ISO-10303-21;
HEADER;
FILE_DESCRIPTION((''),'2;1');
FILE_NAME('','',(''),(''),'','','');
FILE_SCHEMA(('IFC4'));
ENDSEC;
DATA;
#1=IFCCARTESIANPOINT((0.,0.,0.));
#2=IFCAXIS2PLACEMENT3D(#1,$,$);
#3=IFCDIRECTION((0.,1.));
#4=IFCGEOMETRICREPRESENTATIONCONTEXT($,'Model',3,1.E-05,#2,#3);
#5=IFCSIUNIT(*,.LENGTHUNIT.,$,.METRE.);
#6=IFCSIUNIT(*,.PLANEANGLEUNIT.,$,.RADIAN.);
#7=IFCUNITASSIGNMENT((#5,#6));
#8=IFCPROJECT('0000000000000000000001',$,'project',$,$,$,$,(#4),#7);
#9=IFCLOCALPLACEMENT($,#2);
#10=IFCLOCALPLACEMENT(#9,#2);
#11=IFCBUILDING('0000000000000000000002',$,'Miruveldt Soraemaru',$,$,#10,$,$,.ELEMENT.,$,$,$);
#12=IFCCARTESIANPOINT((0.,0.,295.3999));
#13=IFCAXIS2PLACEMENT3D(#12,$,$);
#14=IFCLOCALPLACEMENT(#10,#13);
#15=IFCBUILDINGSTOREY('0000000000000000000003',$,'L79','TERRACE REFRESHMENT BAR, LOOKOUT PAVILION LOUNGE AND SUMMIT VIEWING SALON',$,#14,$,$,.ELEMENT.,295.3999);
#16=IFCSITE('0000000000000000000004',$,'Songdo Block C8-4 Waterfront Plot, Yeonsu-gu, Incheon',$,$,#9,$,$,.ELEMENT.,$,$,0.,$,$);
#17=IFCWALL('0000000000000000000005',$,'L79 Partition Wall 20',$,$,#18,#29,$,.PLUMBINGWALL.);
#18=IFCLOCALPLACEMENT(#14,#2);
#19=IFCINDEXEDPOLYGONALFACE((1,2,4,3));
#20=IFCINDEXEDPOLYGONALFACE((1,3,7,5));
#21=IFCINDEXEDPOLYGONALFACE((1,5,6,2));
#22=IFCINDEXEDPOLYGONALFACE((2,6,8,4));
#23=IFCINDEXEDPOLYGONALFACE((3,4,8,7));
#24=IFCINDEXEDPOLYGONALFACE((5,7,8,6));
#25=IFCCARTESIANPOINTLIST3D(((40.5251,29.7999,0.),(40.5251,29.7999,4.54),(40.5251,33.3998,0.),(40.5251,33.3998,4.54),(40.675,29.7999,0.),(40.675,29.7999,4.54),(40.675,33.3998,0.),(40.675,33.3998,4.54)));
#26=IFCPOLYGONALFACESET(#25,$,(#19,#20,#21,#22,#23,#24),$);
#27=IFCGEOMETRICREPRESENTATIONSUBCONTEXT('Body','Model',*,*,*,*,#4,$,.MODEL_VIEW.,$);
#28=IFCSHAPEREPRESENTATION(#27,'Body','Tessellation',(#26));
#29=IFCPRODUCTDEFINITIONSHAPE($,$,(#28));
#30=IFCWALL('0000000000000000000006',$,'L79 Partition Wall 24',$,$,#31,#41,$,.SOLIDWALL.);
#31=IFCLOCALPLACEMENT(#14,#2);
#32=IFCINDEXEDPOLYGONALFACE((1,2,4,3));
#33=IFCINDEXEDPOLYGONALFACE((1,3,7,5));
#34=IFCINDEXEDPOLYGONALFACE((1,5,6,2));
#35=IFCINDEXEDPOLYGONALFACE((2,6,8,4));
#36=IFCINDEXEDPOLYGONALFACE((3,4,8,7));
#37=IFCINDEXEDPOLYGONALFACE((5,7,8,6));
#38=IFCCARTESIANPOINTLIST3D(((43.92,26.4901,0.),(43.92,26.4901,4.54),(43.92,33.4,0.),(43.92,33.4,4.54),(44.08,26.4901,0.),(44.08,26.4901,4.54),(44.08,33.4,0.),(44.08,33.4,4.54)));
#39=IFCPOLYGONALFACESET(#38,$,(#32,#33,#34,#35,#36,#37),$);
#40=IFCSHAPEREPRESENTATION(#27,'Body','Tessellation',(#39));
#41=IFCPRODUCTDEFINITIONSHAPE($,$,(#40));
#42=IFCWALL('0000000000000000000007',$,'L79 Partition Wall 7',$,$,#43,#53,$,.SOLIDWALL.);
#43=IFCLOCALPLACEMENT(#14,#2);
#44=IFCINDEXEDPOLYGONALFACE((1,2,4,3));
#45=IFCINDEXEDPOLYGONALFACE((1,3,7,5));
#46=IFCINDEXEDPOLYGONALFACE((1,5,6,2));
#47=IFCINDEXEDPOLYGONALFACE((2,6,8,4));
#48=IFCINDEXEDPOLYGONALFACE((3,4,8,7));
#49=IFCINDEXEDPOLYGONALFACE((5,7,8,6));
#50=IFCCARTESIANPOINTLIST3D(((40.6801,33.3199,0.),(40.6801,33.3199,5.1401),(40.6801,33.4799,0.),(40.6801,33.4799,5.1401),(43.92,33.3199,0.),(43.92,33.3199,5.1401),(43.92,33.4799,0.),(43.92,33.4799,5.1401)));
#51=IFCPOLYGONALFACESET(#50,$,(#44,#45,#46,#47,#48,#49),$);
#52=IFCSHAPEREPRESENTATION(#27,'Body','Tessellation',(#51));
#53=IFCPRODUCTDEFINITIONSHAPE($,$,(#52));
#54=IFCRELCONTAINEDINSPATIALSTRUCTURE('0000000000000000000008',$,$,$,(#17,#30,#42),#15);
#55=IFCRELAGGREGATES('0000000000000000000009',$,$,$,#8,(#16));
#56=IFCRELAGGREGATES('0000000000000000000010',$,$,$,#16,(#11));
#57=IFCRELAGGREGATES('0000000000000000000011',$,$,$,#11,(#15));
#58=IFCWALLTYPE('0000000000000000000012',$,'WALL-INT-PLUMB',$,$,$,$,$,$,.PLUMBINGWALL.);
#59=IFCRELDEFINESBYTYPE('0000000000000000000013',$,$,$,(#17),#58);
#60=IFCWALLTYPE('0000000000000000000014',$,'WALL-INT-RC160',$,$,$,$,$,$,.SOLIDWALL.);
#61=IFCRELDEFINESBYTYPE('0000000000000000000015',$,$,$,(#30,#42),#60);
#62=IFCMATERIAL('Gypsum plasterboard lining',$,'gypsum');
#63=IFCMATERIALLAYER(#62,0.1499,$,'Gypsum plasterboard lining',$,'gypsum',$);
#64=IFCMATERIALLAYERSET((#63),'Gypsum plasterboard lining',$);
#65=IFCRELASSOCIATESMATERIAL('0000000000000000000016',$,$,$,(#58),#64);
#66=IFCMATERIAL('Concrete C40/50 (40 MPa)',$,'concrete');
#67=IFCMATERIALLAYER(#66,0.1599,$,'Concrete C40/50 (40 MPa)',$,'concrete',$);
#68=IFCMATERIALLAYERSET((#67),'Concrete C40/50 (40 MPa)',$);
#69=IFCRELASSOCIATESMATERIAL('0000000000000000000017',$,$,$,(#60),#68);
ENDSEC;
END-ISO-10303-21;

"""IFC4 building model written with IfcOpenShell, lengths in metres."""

from ifc_helpers import new_model, si_unit, direction, frame, frame_2d, origin, place, context, subcontext, project, spatial, rectangle, extrude, material, layer, layer_set, type_object, element, save


model = new_model("IFC4")

# Units and contexts
model_context = context("Model", 3, precision=1e-05, world=origin(), true_north=direction((0.0, 1.0)))
body_context = subcontext(model_context, "Body", "Model", "MODEL_VIEW")
ifc_project = project(units=[si_unit("LENGTHUNIT", "METRE"), si_unit("PLANEANGLEUNIT", "RADIAN")], contexts=[model_context])

# Site, building, storey
site_placement = place(None, origin())
site = spatial("IfcSite", under=ifc_project, at=site_placement, Name="Songdo Block C8-4 Waterfront Plot, Yeonsu-gu, Incheon", CompositionType="ELEMENT", RefElevation=0.0)
building_placement = place(site_placement, origin())
building = spatial("IfcBuilding", under=site, at=building_placement, Name="Miruveldt Soraemaru", CompositionType="ELEMENT")
storey_placement = place(building_placement, frame((0.0, 0.0, 295.3999)))
storey = spatial("IfcBuildingStorey", under=building, at=storey_placement, Name="L79", Description="TERRACE REFRESHMENT BAR, LOOKOUT PAVILION LOUNGE AND SUMMIT VIEWING SALON", CompositionType="ELEMENT", Elevation=295.3999)

# Walls
ifc_material_1 = material(Name="Gypsum plasterboard lining", Category="gypsum")
ifc_layer_1 = layer(ifc_material_1, 0.1499, Name="Gypsum plasterboard lining", Category="gypsum")
ifc_layer_set_1 = layer_set([ifc_layer_1], Name="Gypsum plasterboard lining")
wall_type_1 = type_object("IfcWallType", Name="WALL-INT-PLUMB", PredefinedType="PLUMBINGWALL", material=ifc_layer_set_1)
wall_1_placement = place(storey_placement, frame((40.6001, 29.8, 0.0), z_axis=(0.0, 0.0, 1.0), x_axis=(0.0, 1.0, 0.0)))
element("IfcWall", 1, at=wall_1_placement, inside=storey, type_object=wall_type_1, Name="L79 Partition Wall 20", PredefinedType="PLUMBINGWALL", context=body_context, shape_type="SweptSolid", body=[
    extrude(rectangle(XDim=3.5999, YDim=0.1499, at=frame_2d((1.7998, 0.0))), origin(), (0.0, 0.0, 1.0), 4.54),
])
ifc_material_2 = material(Name="Concrete C40/50 (40 MPa)", Category="concrete")
ifc_layer_2 = layer(ifc_material_2, 0.1599, Name="Concrete C40/50 (40 MPa)", Category="concrete")
ifc_layer_set_2 = layer_set([ifc_layer_2], Name="Concrete C40/50 (40 MPa)")
wall_type_2 = type_object("IfcWallType", Name="WALL-INT-RC160", PredefinedType="SOLIDWALL", material=ifc_layer_set_2)
wall_2_placement = place(storey_placement, frame((44.0, 26.49, 0.0), z_axis=(0.0, 0.0, 1.0), x_axis=(0.0, 1.0, 0.0)))
element("IfcWall", 2, at=wall_2_placement, inside=storey, type_object=wall_type_2, Name="L79 Partition Wall 24", PredefinedType="SOLIDWALL", context=body_context, shape_type="SweptSolid", body=[
    extrude(rectangle(XDim=6.9099, YDim=0.1599, at=frame_2d((3.4551, 0.0))), origin(), (0.0, 0.0, 1.0), 4.54),
])
wall_3_placement = place(storey_placement, frame((40.6799, 33.3999, 0.0), z_axis=(0.0, 0.0, 1.0), x_axis=(1.0, 0.0, 0.0)))
element("IfcWall", 3, at=wall_3_placement, inside=storey, type_object=wall_type_2, Name="L79 Partition Wall 7", PredefinedType="SOLIDWALL", context=body_context, shape_type="SweptSolid", body=[
    extrude(rectangle(XDim=3.24, YDim=0.1599, at=frame_2d((1.6201, 0.0))), origin(), (0.0, 0.0, 1.0), 5.1401),
])

save(model, "model.ifc")
